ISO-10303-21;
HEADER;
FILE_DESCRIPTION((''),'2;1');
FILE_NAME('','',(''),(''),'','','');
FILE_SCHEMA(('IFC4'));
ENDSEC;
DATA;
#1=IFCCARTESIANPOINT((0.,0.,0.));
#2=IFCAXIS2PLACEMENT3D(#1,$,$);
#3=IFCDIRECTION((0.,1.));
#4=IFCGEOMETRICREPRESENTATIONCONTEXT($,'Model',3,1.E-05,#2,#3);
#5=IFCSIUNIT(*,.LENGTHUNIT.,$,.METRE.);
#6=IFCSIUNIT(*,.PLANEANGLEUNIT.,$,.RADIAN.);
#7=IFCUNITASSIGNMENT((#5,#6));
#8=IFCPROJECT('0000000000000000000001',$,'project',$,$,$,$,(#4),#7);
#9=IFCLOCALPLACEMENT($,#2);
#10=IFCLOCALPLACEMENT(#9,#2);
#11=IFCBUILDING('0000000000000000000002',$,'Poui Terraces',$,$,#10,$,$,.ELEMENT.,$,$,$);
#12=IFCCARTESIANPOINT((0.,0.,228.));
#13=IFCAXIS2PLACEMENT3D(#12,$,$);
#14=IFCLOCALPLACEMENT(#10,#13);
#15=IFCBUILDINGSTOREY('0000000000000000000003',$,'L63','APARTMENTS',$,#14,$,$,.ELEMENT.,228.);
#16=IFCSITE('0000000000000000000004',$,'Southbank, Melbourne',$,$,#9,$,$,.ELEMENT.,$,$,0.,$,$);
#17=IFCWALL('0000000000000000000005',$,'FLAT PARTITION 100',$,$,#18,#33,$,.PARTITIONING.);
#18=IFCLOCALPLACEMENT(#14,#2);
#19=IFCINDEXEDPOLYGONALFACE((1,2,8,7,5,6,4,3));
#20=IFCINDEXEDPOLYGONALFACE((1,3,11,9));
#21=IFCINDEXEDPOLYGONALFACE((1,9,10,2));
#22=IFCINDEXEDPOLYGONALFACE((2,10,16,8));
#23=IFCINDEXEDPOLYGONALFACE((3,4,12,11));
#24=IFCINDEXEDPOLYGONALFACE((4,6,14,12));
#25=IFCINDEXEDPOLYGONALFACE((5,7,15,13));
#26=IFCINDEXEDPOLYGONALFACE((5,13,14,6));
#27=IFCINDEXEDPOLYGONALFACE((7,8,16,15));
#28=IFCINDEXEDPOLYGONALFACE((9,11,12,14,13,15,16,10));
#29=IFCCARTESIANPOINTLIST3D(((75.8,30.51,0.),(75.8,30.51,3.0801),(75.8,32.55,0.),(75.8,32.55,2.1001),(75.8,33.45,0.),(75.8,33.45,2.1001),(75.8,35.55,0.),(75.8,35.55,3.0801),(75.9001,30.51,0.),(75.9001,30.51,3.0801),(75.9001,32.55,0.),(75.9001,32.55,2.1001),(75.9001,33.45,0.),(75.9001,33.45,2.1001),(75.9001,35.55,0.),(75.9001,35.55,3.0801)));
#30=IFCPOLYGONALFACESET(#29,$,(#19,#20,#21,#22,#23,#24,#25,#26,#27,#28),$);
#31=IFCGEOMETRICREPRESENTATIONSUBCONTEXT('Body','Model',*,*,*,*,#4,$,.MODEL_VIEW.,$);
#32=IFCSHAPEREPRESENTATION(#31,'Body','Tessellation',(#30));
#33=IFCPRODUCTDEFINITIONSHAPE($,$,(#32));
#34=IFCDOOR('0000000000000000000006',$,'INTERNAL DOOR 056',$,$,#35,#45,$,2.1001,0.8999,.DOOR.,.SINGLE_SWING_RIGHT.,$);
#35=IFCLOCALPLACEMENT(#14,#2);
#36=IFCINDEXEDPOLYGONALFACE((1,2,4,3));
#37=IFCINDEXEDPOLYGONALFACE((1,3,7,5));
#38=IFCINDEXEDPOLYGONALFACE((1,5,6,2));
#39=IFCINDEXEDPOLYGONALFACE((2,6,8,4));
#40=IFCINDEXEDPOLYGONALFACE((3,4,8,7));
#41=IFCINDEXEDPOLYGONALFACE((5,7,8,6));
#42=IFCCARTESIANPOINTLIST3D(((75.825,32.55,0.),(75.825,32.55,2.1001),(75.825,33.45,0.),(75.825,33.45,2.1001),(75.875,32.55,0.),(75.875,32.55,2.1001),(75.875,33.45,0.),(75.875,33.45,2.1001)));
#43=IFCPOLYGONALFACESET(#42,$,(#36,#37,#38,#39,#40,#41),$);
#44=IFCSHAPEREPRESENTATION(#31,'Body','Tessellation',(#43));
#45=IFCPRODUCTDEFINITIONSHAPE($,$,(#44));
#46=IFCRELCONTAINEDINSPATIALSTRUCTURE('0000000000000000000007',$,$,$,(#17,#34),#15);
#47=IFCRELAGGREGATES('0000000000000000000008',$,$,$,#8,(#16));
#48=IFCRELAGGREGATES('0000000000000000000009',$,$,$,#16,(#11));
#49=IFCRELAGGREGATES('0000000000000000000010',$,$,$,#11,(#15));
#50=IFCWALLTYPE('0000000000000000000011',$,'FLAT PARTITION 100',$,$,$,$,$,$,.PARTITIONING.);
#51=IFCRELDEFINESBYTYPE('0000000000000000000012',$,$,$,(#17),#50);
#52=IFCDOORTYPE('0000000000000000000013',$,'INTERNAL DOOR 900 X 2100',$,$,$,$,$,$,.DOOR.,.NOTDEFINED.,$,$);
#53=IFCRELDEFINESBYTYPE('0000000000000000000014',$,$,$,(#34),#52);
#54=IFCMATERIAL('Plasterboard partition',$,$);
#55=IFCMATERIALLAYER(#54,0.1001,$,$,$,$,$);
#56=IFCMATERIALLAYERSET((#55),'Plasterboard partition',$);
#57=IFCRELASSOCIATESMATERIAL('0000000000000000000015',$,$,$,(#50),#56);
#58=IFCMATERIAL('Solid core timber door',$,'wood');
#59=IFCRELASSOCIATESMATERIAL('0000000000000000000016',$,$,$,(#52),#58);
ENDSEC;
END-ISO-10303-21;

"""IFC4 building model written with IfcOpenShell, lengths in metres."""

from ifc_helpers import new_model, si_unit, direction, frame, frame_2d, origin, place, context, subcontext, project, spatial, rectangle, extrude, material, layer, layer_set, type_object, element, fill, save


model = new_model("IFC4")

# Units and contexts
model_context = context("Model", 3, precision=1e-05, world=origin(), true_north=direction((0.0, 1.0)))
body_context = subcontext(model_context, "Body", "Model", "MODEL_VIEW")
ifc_project = project(units=[si_unit("LENGTHUNIT", "METRE"), si_unit("PLANEANGLEUNIT", "RADIAN")], contexts=[model_context])

# Site, building, storey
site_placement = place(None, origin())
site = spatial("IfcSite", under=ifc_project, at=site_placement, Name="Southbank, Melbourne", CompositionType="ELEMENT", RefElevation=0.0)
building_placement = place(site_placement, origin())
building = spatial("IfcBuilding", under=site, at=building_placement, Name="Poui Terraces", CompositionType="ELEMENT")
storey_placement = place(building_placement, frame((0.0, 0.0, 228.0)))
storey = spatial("IfcBuildingStorey", under=building, at=storey_placement, Name="L63", Description="APARTMENTS", CompositionType="ELEMENT", Elevation=228.0)

# Shared definitions
ifc_material_1 = material(Name="Plasterboard partition")
ifc_layer_1 = layer(ifc_material_1, 0.1001)
ifc_layer_set_1 = layer_set([ifc_layer_1], Name="Plasterboard partition")
wall_type_1 = type_object("IfcWallType", Name="FLAT PARTITION 100", PredefinedType="PARTITIONING", material=ifc_layer_set_1)

# Wall, opening, door
ifc_material_2 = material(Name="Solid core timber door", Category="wood")
door_type_1 = type_object("IfcDoorType", Name="INTERNAL DOOR 900 X 2100", OperationType="NOTDEFINED", PredefinedType="DOOR", material=ifc_material_2)
wall_1_placement = place(storey_placement, frame((75.8501, 30.51, 0.0), z_axis=(0.0, 0.0, 1.0), x_axis=(0.0, 1.0, 0.0)))
wall_1 = element("IfcWall", 1, at=wall_1_placement, inside=storey, type_object=wall_type_1, Name="FLAT PARTITION 100", PredefinedType="PARTITIONING", context=body_context, shape_type="SweptSolid", body=[
    extrude(rectangle(XDim=5.04, YDim=0.1001, at=frame_2d((2.52, 0.0))), origin(), (0.0, 0.0, 1.0), 3.0801),
])
opening_1_placement = place(wall_1_placement, frame((2.04, 0.0, 0.0)))
opening_1 = element("IfcOpeningElement", 2, at=opening_1_placement, cuts=wall_1, PredefinedType="OPENING", context=body_context, shape_type="SweptSolid", body=[
    extrude(rectangle(XDim=0.8999, YDim=2.1001, at=frame_2d((0.45, 1.05))), frame((0.0, 0.0601, 0.0), z_axis=(0.0, -1.0, 0.0), x_axis=(1.0, 0.0, 0.0)), (0.0, 0.0, 1.0), 0.1201),
])
door_1_placement = place(opening_1_placement, frame((0.8999, 0.0, 0.0), z_axis=(0.0, 0.0, 1.0), x_axis=(-1.0, 0.0, 0.0)))
door_1 = element("IfcDoor", 3, at=door_1_placement, inside=storey, type_object=door_type_1, Name="INTERNAL DOOR 056", OperationType="SINGLE_SWING_RIGHT", OverallHeight=2.1001, OverallWidth=0.8999, PredefinedType="DOOR", context=body_context, shape_type="SweptSolid", body=[
    extrude(rectangle(XDim=0.8999, YDim=2.1001, at=frame_2d((0.45, 1.05))), frame((0.0, 0.0249, 0.0), z_axis=(0.0, -1.0, 0.0), x_axis=(1.0, 0.0, 0.0)), (0.0, 0.0, 1.0), 0.05),
])
fill(opening_1, door_1)

save(model, "model.ifc")
